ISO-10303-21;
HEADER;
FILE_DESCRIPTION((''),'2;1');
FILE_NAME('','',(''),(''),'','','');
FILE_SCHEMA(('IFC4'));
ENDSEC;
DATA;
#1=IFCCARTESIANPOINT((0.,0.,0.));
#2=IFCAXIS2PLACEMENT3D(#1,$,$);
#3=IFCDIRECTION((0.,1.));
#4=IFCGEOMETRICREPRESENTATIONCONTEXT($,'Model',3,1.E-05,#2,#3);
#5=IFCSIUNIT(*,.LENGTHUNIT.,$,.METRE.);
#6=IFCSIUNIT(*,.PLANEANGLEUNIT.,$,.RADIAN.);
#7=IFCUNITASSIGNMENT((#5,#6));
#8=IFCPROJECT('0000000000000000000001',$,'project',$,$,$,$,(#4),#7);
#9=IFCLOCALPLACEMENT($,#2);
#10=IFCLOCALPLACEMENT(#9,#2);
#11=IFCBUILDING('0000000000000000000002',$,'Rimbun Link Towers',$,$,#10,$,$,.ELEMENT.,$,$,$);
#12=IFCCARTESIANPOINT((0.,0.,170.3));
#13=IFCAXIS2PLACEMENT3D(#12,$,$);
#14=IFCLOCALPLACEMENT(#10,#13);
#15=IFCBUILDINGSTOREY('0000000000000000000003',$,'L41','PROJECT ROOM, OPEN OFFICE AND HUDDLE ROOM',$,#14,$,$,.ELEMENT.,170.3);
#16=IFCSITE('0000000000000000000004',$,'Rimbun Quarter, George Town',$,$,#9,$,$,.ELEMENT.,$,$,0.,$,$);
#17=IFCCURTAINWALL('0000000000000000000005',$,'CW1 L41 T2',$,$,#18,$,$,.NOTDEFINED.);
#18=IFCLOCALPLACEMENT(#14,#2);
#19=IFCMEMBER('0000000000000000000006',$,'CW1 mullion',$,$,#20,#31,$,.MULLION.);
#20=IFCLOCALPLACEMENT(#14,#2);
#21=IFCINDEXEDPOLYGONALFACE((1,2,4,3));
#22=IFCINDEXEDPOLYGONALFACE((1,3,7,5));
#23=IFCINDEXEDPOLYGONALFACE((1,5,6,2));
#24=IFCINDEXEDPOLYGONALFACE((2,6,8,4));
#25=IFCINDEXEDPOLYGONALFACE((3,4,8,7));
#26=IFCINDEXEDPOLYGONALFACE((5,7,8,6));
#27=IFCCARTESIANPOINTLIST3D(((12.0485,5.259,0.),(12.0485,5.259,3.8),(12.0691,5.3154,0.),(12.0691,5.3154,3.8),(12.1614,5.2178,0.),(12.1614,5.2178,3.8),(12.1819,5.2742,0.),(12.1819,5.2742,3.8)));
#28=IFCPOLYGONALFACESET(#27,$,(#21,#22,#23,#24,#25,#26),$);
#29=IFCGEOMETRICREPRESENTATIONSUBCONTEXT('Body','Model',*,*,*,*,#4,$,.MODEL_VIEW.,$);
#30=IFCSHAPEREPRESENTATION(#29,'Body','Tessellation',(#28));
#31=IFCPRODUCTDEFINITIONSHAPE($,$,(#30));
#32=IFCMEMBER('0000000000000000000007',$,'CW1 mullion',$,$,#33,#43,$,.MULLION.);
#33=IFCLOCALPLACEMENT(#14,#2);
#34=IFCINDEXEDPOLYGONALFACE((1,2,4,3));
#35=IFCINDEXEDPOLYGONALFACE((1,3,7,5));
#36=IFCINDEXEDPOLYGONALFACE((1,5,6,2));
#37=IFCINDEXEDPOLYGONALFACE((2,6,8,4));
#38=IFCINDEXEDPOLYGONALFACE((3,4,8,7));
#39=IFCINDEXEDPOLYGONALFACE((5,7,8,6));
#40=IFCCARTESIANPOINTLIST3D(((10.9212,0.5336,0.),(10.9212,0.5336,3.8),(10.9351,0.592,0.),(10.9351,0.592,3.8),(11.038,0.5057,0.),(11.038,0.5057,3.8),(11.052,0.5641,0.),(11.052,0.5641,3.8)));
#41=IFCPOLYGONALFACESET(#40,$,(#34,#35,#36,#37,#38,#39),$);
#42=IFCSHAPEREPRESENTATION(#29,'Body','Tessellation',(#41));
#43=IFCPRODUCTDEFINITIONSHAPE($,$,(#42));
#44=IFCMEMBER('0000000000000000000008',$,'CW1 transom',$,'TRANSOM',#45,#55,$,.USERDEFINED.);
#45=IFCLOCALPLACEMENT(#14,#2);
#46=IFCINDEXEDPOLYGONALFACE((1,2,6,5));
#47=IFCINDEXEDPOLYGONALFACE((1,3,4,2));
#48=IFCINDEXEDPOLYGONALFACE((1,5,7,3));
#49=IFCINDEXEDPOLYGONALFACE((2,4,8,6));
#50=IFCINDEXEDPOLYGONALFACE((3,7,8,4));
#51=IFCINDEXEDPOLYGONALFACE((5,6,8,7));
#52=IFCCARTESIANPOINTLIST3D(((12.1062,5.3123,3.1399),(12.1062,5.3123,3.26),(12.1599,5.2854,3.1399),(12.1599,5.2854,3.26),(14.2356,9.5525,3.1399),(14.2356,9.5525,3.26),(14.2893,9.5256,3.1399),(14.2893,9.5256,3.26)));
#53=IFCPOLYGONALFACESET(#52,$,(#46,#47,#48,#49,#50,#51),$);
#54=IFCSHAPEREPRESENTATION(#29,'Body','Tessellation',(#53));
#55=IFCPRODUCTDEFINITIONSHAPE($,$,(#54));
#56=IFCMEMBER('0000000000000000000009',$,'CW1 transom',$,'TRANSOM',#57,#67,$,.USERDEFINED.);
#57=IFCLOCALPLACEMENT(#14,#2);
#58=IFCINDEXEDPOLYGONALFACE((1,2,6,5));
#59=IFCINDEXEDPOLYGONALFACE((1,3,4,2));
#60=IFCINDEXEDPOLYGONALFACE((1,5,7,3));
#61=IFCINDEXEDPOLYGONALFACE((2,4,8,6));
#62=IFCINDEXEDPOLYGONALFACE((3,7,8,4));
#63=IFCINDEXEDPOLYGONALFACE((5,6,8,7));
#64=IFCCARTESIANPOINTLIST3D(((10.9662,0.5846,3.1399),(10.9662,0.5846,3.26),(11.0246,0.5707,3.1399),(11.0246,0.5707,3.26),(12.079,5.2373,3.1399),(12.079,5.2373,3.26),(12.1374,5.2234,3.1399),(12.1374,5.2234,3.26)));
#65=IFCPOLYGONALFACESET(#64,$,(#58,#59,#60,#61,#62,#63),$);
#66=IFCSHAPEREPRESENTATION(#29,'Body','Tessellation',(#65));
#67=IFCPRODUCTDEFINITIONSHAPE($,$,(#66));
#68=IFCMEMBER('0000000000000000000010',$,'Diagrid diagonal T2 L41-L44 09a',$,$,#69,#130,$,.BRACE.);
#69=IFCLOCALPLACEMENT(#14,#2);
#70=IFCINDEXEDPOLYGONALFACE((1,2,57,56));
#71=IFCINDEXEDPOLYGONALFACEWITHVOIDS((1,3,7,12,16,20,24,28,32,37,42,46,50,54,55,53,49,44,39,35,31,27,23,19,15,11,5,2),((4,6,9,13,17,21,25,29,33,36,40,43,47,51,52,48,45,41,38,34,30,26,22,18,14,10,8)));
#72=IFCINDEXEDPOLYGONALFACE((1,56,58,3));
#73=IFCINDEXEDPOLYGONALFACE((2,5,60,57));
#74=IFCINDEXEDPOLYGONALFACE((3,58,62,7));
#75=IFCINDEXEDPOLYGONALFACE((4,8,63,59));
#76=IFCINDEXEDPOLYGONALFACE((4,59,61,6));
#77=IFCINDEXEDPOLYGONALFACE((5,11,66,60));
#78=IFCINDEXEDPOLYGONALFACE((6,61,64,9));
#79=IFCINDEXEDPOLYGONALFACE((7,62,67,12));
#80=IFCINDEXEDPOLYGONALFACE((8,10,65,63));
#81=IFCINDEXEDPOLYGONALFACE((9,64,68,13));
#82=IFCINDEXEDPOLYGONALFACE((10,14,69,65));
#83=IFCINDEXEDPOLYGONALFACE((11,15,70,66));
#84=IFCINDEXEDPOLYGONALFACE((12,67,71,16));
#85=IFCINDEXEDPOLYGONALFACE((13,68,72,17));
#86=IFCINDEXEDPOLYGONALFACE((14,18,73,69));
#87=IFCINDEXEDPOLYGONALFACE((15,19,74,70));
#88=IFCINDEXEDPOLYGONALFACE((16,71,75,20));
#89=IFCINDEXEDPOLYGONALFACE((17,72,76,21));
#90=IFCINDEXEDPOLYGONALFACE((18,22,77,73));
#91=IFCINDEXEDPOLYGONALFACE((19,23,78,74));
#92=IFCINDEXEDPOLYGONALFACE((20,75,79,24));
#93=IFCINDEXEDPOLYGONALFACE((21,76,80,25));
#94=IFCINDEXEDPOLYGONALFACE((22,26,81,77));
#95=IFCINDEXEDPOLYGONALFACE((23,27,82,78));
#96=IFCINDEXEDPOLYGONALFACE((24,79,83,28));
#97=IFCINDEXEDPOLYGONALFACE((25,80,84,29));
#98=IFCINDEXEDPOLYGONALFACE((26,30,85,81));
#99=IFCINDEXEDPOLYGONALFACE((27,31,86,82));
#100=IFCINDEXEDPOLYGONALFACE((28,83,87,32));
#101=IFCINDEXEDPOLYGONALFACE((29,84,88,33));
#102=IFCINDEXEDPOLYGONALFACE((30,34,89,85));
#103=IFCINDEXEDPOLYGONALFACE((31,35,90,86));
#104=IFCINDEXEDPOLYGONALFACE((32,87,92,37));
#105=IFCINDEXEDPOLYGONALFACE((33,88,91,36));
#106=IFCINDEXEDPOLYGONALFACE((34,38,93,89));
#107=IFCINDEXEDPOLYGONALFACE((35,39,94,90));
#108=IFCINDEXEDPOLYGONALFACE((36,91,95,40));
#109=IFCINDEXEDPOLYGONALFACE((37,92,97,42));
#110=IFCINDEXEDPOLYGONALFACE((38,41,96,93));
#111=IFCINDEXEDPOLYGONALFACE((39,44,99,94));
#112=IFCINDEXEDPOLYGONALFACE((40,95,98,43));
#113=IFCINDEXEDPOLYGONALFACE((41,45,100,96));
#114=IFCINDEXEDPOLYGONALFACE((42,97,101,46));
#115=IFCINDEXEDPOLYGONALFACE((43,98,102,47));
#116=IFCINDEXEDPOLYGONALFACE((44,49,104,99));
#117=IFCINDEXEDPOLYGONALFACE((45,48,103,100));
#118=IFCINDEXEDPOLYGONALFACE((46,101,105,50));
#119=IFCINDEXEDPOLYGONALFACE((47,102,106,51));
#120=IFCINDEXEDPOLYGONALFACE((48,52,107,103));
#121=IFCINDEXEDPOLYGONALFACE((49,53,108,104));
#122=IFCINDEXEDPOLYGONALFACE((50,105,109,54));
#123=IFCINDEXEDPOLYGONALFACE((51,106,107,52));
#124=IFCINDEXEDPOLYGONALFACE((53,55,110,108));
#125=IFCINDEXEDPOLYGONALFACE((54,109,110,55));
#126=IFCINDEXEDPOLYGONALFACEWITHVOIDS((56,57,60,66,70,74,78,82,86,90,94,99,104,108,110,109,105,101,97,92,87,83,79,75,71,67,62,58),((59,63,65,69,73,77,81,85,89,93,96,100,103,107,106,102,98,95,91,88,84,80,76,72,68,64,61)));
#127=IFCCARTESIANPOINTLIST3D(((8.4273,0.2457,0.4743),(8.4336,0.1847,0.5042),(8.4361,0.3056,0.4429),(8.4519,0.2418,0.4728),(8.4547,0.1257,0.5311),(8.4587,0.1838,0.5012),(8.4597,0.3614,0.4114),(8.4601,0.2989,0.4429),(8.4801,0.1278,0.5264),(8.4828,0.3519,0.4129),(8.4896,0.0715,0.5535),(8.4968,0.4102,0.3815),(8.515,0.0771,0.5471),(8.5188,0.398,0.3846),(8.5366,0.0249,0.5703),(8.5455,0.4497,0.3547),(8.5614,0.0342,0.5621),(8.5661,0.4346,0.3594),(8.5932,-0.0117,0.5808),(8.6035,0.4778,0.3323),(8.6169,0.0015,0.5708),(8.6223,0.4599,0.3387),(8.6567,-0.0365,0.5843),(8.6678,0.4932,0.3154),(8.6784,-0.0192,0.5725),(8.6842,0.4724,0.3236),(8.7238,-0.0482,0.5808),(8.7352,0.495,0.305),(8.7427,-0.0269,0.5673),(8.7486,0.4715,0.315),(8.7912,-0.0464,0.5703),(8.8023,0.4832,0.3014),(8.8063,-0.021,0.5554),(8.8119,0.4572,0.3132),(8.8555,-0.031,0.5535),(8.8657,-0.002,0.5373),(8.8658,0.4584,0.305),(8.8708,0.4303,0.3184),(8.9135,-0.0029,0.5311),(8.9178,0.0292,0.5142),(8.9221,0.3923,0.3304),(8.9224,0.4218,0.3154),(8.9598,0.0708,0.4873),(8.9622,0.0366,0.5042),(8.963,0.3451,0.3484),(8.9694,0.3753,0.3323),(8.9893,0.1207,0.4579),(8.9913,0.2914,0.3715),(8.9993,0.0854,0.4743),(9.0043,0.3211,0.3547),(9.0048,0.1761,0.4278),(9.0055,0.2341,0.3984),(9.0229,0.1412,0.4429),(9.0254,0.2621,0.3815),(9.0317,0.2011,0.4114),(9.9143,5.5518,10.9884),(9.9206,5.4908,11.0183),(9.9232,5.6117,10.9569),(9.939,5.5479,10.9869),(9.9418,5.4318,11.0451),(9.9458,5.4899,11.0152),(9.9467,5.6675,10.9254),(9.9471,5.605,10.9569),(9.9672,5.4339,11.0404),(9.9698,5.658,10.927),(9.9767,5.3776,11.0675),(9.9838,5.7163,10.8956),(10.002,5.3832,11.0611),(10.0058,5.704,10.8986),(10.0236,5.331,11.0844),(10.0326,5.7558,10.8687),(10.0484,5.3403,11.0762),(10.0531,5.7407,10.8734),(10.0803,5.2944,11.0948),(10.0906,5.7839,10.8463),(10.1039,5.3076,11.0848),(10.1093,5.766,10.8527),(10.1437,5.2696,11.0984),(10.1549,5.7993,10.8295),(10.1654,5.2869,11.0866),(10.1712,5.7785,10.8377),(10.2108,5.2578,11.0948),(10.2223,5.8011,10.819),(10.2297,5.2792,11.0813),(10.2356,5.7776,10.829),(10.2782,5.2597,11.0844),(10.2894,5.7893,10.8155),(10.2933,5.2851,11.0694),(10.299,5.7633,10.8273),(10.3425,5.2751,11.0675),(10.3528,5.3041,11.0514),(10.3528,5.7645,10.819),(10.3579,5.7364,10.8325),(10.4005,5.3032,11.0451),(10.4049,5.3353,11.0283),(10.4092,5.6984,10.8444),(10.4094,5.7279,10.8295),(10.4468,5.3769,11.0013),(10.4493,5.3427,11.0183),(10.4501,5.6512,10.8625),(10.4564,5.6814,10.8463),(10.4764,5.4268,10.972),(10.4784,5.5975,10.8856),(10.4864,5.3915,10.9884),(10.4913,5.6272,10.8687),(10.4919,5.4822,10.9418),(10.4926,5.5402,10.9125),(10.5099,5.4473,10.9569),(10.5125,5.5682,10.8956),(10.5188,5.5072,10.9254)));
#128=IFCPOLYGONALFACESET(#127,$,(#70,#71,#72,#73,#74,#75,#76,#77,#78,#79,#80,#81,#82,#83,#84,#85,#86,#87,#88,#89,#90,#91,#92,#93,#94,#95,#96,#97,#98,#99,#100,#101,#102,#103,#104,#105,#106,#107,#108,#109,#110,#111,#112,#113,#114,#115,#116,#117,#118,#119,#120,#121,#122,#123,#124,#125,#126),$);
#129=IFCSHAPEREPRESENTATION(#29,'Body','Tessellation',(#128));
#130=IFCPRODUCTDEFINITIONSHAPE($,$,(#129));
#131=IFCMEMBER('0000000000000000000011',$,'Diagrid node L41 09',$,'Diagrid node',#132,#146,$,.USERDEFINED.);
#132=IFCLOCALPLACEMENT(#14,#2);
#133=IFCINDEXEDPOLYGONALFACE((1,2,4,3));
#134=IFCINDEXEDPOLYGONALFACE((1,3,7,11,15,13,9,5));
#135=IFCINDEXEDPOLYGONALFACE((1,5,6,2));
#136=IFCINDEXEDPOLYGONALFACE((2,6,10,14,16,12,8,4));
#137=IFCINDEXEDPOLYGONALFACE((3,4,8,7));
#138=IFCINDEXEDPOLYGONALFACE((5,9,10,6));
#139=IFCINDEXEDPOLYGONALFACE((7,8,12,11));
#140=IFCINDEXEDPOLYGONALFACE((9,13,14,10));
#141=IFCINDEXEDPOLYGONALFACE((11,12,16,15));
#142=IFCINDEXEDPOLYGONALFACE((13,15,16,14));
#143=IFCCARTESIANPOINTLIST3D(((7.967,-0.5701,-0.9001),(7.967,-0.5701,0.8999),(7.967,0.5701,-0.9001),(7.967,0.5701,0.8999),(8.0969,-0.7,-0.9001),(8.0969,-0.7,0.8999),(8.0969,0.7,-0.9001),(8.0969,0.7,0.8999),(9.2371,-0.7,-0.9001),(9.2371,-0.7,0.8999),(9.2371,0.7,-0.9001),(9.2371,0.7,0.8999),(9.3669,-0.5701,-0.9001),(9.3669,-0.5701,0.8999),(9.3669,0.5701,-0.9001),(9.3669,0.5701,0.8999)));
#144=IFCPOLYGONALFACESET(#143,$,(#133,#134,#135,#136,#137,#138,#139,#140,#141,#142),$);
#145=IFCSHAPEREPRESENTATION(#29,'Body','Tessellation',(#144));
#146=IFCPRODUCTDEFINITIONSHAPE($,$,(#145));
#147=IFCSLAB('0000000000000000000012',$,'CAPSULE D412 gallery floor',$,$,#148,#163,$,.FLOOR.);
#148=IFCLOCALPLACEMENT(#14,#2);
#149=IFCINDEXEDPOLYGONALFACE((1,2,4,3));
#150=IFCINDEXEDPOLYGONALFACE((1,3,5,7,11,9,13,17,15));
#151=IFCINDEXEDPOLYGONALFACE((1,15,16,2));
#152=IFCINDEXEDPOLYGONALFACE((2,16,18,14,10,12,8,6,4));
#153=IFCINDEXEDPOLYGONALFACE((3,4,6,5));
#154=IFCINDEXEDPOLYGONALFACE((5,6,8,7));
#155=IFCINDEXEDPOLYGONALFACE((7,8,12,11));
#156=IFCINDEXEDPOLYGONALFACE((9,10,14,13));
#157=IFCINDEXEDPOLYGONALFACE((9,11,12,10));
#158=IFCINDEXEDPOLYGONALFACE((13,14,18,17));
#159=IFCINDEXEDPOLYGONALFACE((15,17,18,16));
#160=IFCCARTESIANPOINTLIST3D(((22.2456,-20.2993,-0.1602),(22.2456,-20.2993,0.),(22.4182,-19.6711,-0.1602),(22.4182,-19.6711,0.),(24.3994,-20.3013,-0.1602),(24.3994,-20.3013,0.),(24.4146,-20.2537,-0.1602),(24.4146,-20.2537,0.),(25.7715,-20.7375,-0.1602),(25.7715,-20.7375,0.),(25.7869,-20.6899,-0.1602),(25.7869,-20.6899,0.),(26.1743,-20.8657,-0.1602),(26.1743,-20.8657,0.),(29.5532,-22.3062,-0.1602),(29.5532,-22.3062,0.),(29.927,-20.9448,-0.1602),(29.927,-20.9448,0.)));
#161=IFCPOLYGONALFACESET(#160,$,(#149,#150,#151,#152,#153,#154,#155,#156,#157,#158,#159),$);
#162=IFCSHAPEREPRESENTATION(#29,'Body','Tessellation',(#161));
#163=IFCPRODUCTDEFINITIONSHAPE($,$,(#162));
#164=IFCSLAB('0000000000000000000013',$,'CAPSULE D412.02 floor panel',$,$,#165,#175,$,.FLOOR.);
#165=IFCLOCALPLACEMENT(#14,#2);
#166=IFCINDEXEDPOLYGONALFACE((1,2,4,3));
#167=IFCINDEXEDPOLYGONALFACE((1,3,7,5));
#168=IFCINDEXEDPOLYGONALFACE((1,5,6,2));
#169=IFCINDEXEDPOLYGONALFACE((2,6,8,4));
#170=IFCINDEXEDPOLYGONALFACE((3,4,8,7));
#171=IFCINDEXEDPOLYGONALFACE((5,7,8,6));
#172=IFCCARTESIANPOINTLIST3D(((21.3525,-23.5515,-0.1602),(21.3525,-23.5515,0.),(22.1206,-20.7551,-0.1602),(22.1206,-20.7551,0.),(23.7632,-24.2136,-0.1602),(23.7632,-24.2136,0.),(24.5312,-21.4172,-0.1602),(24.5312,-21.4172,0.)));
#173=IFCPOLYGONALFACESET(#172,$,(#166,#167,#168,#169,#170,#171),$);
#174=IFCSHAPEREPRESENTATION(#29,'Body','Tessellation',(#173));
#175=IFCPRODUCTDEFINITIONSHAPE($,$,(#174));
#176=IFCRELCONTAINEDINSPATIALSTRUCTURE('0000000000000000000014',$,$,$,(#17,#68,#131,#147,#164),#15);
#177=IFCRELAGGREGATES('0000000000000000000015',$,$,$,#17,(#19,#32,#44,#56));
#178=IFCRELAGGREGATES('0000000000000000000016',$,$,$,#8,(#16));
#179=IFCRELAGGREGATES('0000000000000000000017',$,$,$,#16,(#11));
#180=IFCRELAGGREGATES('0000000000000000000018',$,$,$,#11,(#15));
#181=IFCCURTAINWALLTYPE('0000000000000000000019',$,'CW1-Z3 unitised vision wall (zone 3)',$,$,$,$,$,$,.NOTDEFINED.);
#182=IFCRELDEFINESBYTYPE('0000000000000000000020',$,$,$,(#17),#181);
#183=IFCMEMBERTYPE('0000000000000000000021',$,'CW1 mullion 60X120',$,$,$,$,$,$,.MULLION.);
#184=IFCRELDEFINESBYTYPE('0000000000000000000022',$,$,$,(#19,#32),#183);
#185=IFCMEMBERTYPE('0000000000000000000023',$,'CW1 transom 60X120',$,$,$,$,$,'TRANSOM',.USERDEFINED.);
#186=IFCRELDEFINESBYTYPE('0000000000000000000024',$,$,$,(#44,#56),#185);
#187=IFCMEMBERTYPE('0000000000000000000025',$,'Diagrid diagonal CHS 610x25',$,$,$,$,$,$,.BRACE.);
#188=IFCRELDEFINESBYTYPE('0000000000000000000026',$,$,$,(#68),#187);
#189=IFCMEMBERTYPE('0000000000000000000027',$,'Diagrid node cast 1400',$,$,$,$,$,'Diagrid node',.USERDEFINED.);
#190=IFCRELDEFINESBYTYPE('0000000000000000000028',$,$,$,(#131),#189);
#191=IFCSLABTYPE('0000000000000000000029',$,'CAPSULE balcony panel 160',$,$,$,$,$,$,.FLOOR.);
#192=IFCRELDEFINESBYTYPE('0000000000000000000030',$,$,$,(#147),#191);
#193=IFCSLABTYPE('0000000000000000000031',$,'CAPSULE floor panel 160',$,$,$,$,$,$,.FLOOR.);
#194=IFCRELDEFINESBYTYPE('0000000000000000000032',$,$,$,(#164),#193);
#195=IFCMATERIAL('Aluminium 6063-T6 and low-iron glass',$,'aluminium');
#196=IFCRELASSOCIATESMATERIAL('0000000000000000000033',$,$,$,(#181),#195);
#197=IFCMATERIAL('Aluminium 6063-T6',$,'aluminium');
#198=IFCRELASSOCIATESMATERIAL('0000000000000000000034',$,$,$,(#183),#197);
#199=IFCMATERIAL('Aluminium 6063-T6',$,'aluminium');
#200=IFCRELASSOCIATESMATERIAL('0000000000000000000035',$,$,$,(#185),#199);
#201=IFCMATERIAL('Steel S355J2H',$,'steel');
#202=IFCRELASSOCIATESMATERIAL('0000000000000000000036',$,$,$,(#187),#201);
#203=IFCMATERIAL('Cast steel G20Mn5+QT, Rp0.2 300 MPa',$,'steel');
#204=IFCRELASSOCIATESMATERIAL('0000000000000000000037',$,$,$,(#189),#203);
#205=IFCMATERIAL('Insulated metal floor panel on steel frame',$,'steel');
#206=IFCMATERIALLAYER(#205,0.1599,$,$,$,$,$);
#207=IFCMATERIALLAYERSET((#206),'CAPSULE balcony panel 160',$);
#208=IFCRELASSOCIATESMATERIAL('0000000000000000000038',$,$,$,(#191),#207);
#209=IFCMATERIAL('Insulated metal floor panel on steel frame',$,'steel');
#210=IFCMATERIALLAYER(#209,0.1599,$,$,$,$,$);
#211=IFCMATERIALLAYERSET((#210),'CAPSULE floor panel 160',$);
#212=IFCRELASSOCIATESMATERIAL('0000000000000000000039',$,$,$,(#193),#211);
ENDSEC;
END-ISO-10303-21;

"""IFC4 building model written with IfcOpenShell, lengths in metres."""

from ifc_helpers import new_model, si_unit, direction, frame, origin, origin_2d, place, context, subcontext, project, spatial, polyline, rectangle, hollow_circle, outline, extrude, material, layer, layer_set, material_profile, profile_set, type_object, element, aggregate, save


model = new_model("IFC4")

# Units and contexts
model_context = context("Model", 3, precision=1e-05, world=origin(), true_north=direction((0.0, 1.0)))
body_context = subcontext(model_context, "Body", "Model", "MODEL_VIEW")
ifc_project = project(units=[si_unit("LENGTHUNIT", "METRE"), si_unit("PLANEANGLEUNIT", "RADIAN")], contexts=[model_context])

# Site, building, storey
site_placement = place(None, origin())
site = spatial("IfcSite", under=ifc_project, at=site_placement, Name="Rimbun Quarter, George Town", CompositionType="ELEMENT", RefElevation=0.0)
building_placement = place(site_placement, origin())
building = spatial("IfcBuilding", under=site, at=building_placement, Name="Rimbun Link Towers", CompositionType="ELEMENT")
storey_placement = place(building_placement, frame((0.0, 0.0, 170.3)))
storey = spatial("IfcBuildingStorey", under=building, at=storey_placement, Name="L41", Description="PROJECT ROOM, OPEN OFFICE AND HUDDLE ROOM", CompositionType="ELEMENT", Elevation=170.3)

# Curtain wall, members
ifc_material_1 = material(Name="Aluminium 6063-T6 and low-iron glass", Category="aluminium")
curtain_wall_type = type_object("IfcCurtainWallType", Name="CW1-Z3 unitised vision wall (zone 3)", PredefinedType="NOTDEFINED", material=ifc_material_1)
curtain_wall_placement = place(storey_placement, origin())
curtain_wall = element("IfcCurtainWall", 1, at=curtain_wall_placement, inside=storey, type_object=curtain_wall_type, Name="CW1 L41 T2", PredefinedType="NOTDEFINED")
ifc_material_2 = material(Name="Aluminium 6063-T6", Category="aluminium")
ifc_material_profile_1 = material_profile(ifc_material_2, rectangle(XDim=0.1201, YDim=0.0601, at=origin_2d()), Name="MULLION 60X120")
ifc_profile_set_1 = profile_set([ifc_material_profile_1], Name="Aluminium 6063-T6")
member_type_1 = type_object("IfcMemberType", Name="CW1 mullion 60X120", PredefinedType="MULLION", material=ifc_profile_set_1)
member_1_placement = place(storey_placement, frame((12.1152, 5.2666, 0.0), z_axis=(0.0, 0.0, 1.0), x_axis=(-0.939349, 0.342962, 0.0)))
member_1 = element("IfcMember", 2, at=member_1_placement, type_object=member_type_1, Name="CW1 mullion", PredefinedType="MULLION", context=body_context, shape_type="SweptSolid", body=[
    extrude(rectangle(XDim=0.1201, YDim=0.0601, at=origin_2d()), origin(), (0.0, 0.0, 1.0), 3.8),
])
member_2_placement = place(storey_placement, frame((10.9866, 0.5488, 0.0), z_axis=(0.0, 0.0, 1.0), x_axis=(-0.972574, 0.232595, 0.0)))
member_2 = element("IfcMember", 3, at=member_2_placement, type_object=member_type_1, Name="CW1 mullion", PredefinedType="MULLION", context=body_context, shape_type="SweptSolid", body=[
    extrude(rectangle(XDim=0.1201, YDim=0.0601, at=origin_2d()), origin(), (0.0, 0.0, 1.0), 3.8),
])
ifc_material_3 = material(Name="Aluminium 6063-T6", Category="aluminium")
ifc_material_profile_2 = material_profile(ifc_material_3, rectangle(XDim=0.0601, YDim=0.1201, at=origin_2d()), Name="TRANSOM 60X120")
ifc_profile_set_2 = profile_set([ifc_material_profile_2], Name="Aluminium 6063-T6")
member_type_2 = type_object("IfcMemberType", Name="CW1 transom 60X120", ElementType="TRANSOM", PredefinedType="USERDEFINED", material=ifc_profile_set_2)
member_3_placement = place(storey_placement, frame((12.1331, 5.2988, 3.2), z_axis=(0.448777, 0.893644, 0.0), x_axis=(-0.893644, 0.448777, 0.0)))
member_3 = element("IfcMember", 4, at=member_3_placement, type_object=member_type_2, Name="CW1 transom", ObjectType="TRANSOM", PredefinedType="USERDEFINED", context=body_context, shape_type="SweptSolid", body=[
    extrude(rectangle(XDim=0.0601, YDim=0.1201, at=origin_2d()), origin(), (0.0, 0.0, 1.0), 4.7449),
])
member_4_placement = place(storey_placement, frame((10.9954, 0.5776, 3.2), z_axis=(0.232616, 0.972569, 0.0), x_axis=(-0.972569, 0.232616, 0.0)))
member_4 = element("IfcMember", 5, at=member_4_placement, type_object=member_type_2, Name="CW1 transom", ObjectType="TRANSOM", PredefinedType="USERDEFINED", context=body_context, shape_type="SweptSolid", body=[
    extrude(rectangle(XDim=0.0601, YDim=0.1201, at=origin_2d()), origin(), (0.0, 0.0, 1.0), 4.7839),
])

# Members
ifc_material_4 = material(Name="Steel S355J2H", Category="steel")
ifc_material_profile_3 = material_profile(ifc_material_4, hollow_circle(Radius=0.3047, WallThickness=0.0249, at=origin_2d()), Name="Diagrid diagonal CHS 610x25")
ifc_profile_set_3 = profile_set([ifc_material_profile_3], Name="Steel S355J2H")
member_type_3 = type_object("IfcMemberType", Name="Diagrid diagonal CHS 610x25", PredefinedType="BRACE", material=ifc_profile_set_3)
member_5_placement = place(storey_placement, frame((8.7295, 0.2234, 0.4429), z_axis=(0.125271, 0.446995, 0.885722), x_axis=(-0.962901, 0.269855, 0.0)))
element("IfcMember", 6, at=member_5_placement, inside=storey, type_object=member_type_3, Name="Diagrid diagonal T2 L41-L44 09a", PredefinedType="BRACE", context=body_context, shape_type="SweptSolid", body=[
    extrude(hollow_circle(Radius=0.3047, WallThickness=0.0249, at=origin_2d()), origin(), (0.0, 0.0, 1.0), 11.8706),
])
ifc_material_5 = material(Name="Cast steel G20Mn5+QT, Rp0.2 300 MPa", Category="steel")
ifc_material_profile_4 = material_profile(ifc_material_5, outline(polyline([(0.7, -0.5701), (0.7, 0.5701), (0.5701, 0.7), (-0.5701, 0.7), (-0.7, 0.5701), (-0.7, -0.5701), (-0.5701, -0.7), (0.5701, -0.7), (0.7, -0.5701)])), Name="NODE 1400x1400")
ifc_profile_set_4 = profile_set([ifc_material_profile_4], Name="Cast steel G20Mn5+QT, Rp0.2 300 MPa")
member_type_4 = type_object("IfcMemberType", Name="Diagrid node cast 1400", ElementType="Diagrid node", PredefinedType="USERDEFINED", material=ifc_profile_set_4)
member_6_placement = place(storey_placement, frame((8.667, 0.0, -0.9001), z_axis=(0.0, 0.0, 1.0), x_axis=(-1.0, 0.0, 0.0)))
element("IfcMember", 7, at=member_6_placement, inside=storey, type_object=member_type_4, Name="Diagrid node L41 09", ObjectType="Diagrid node", PredefinedType="USERDEFINED", context=body_context, shape_type="SweptSolid", body=[
    extrude(outline(polyline([(0.7, -0.5701), (0.7, 0.5701), (0.5701, 0.7), (-0.5701, 0.7), (-0.7, 0.5701), (-0.7, -0.5701), (-0.5701, -0.7), (0.5701, -0.7), (0.7, -0.5701)])), origin(), (0.0, 0.0, 1.0), 1.8),
])

# Slabs
ifc_material_6 = material(Name="Insulated metal floor panel on steel frame", Category="steel")
ifc_layer_1 = layer(ifc_material_6, 0.1599)
ifc_layer_set_1 = layer_set([ifc_layer_1], Name="CAPSULE balcony panel 160")
slab_type_1 = type_object("IfcSlabType", Name="CAPSULE balcony panel 160", PredefinedType="FLOOR", material=ifc_layer_set_1)
slab_1_placement = place(storey_placement, frame((0.0, 0.0, -0.1602)))
element("IfcSlab", 8, at=slab_1_placement, inside=storey, type_object=slab_type_1, Name="CAPSULE D412 gallery floor", PredefinedType="FLOOR", context=body_context, shape_type="SweptSolid", body=[
    extrude(outline(polyline([(24.3994, -20.3013), (22.4182, -19.6711), (22.2456, -20.2993), (29.5532, -22.3062), (29.927, -20.9448), (26.1743, -20.8657), (25.7715, -20.7375), (25.7869, -20.6899), (24.4146, -20.2537), (24.3994, -20.3013)])), origin(), (0.0, 0.0, 1.0), 0.1602),
])
ifc_material_7 = material(Name="Insulated metal floor panel on steel frame", Category="steel")
ifc_layer_2 = layer(ifc_material_7, 0.1599)
ifc_layer_set_2 = layer_set([ifc_layer_2], Name="CAPSULE floor panel 160")
slab_type_2 = type_object("IfcSlabType", Name="CAPSULE floor panel 160", PredefinedType="FLOOR", material=ifc_layer_set_2)
slab_2_placement = place(storey_placement, frame((0.0, 0.0, -0.1602)))
element("IfcSlab", 9, at=slab_2_placement, inside=storey, type_object=slab_type_2, Name="CAPSULE D412.02 floor panel", PredefinedType="FLOOR", context=body_context, shape_type="SweptSolid", body=[
    extrude(outline(polyline([(21.3525, -23.5515), (23.7632, -24.2136), (24.5312, -21.4172), (22.1206, -20.7551), (21.3525, -23.5515)])), origin(), (0.0, 0.0, 1.0), 0.1602),
])

aggregate(curtain_wall, [member_1, member_2, member_3, member_4])

save(model, "model.ifc")
